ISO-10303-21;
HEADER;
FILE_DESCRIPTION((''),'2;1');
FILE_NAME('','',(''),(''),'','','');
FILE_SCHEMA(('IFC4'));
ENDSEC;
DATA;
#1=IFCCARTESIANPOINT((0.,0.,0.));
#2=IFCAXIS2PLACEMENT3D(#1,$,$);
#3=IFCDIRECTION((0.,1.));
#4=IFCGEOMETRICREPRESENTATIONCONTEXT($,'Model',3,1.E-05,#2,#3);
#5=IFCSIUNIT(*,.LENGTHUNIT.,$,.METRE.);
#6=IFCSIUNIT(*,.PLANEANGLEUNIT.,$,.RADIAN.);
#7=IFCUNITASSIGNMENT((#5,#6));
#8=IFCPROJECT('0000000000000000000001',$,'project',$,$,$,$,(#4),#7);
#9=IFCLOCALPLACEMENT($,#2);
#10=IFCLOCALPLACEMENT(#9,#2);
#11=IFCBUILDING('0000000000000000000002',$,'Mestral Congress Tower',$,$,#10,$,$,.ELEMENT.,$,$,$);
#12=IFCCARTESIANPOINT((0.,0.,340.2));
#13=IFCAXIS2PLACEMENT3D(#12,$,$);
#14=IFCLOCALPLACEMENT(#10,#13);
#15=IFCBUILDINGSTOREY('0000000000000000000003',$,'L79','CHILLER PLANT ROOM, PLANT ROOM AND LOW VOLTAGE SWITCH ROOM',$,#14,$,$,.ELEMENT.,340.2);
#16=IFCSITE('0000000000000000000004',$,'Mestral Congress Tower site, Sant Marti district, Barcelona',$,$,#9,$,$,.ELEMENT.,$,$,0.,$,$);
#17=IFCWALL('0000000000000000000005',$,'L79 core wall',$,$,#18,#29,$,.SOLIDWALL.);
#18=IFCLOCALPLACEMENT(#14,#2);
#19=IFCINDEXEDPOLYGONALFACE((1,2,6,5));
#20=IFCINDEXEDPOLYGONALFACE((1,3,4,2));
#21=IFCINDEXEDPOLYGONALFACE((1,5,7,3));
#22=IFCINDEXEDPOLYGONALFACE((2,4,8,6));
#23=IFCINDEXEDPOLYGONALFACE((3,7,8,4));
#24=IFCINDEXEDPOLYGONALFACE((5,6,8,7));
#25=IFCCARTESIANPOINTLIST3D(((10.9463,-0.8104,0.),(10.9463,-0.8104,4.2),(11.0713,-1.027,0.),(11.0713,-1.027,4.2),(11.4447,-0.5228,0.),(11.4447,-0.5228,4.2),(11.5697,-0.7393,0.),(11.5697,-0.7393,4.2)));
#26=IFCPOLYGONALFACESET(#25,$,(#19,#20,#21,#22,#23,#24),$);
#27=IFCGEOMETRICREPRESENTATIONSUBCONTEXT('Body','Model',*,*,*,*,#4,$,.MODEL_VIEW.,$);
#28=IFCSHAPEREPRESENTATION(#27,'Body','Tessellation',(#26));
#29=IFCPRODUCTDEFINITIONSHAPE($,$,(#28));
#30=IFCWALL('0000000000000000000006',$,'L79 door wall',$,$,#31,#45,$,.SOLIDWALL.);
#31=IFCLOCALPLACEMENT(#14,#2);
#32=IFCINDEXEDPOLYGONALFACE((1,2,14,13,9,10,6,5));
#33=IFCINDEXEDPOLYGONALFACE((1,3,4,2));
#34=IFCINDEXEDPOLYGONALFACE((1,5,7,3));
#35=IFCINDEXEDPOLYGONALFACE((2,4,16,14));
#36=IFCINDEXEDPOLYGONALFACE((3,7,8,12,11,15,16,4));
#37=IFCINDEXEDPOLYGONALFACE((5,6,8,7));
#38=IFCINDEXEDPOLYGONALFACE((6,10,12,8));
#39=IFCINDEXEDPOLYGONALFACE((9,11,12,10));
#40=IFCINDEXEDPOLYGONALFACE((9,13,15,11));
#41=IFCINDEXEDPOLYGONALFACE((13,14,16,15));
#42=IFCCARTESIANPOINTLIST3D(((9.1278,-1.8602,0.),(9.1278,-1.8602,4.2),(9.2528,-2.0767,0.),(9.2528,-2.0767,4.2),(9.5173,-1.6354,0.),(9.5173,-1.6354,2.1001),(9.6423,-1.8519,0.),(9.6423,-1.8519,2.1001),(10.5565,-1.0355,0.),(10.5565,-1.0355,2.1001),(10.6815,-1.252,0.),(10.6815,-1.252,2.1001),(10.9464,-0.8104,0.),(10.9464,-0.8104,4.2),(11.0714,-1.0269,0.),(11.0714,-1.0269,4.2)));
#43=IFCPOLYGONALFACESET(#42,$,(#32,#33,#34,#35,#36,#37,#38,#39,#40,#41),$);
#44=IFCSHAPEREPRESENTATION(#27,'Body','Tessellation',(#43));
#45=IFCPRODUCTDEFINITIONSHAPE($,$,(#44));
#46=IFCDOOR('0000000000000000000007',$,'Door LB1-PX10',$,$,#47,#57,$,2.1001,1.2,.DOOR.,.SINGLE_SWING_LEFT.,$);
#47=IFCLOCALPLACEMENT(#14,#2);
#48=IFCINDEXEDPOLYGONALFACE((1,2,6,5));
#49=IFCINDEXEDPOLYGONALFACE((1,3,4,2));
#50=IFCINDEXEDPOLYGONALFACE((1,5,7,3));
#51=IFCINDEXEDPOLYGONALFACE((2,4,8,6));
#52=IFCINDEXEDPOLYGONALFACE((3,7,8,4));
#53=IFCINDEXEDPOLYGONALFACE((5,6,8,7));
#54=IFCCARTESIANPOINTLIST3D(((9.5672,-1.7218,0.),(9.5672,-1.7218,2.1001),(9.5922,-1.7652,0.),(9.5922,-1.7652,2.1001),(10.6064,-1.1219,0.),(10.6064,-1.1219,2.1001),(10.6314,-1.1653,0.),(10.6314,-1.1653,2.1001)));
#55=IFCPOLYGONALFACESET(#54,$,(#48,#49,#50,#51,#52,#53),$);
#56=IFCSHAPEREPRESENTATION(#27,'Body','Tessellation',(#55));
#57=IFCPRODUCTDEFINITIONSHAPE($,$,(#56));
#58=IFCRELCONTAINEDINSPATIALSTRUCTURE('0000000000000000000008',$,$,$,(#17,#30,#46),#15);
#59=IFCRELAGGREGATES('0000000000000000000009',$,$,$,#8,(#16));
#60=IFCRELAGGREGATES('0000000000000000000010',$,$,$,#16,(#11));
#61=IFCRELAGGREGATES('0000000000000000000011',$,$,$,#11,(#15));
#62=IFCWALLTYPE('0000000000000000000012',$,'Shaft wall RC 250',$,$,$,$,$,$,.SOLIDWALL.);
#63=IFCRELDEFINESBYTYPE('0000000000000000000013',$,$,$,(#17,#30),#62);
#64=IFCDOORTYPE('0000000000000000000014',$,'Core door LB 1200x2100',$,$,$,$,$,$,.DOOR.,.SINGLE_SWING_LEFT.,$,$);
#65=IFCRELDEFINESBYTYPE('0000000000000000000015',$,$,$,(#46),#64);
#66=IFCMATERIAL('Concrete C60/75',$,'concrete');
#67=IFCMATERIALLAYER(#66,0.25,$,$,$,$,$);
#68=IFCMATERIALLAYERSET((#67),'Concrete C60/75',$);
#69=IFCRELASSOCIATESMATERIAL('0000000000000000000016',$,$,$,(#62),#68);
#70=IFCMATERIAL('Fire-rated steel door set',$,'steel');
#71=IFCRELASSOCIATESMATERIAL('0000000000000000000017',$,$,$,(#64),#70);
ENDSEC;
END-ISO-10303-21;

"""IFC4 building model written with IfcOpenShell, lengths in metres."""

from ifc_helpers import new_model, si_unit, direction, frame, frame_2d, origin, place, context, subcontext, project, spatial, rectangle, extrude, material, layer, layer_set, type_object, element, fill, save


model = new_model("IFC4")

# Units and contexts
model_context = context("Model", 3, precision=1e-05, world=origin(), true_north=direction((0.0, 1.0)))
body_context = subcontext(model_context, "Body", "Model", "MODEL_VIEW")
ifc_project = project(units=[si_unit("LENGTHUNIT", "METRE"), si_unit("PLANEANGLEUNIT", "RADIAN")], contexts=[model_context])

# Site, building, storey
site_placement = place(None, origin())
site = spatial("IfcSite", under=ifc_project, at=site_placement, Name="Mestral Congress Tower site, Sant Marti district, Barcelona", CompositionType="ELEMENT", RefElevation=0.0)
building_placement = place(site_placement, origin())
building = spatial("IfcBuilding", under=site, at=building_placement, Name="Mestral Congress Tower", CompositionType="ELEMENT")
storey_placement = place(building_placement, frame((0.0, 0.0, 340.2)))
storey = spatial("IfcBuildingStorey", under=building, at=storey_placement, Name="L79", Description="CHILLER PLANT ROOM, PLANT ROOM AND LOW VOLTAGE SWITCH ROOM", CompositionType="ELEMENT", Elevation=340.2)

# Wall
ifc_material_1 = material(Name="Concrete C60/75", Category="concrete")
ifc_layer_1 = layer(ifc_material_1, 0.25)
ifc_layer_set_1 = layer_set([ifc_layer_1], Name="Concrete C60/75")
wall_type_1 = type_object("IfcWallType", Name="Shaft wall RC 250", PredefinedType="SOLIDWALL", material=ifc_layer_set_1)
wall_1_placement = place(storey_placement, frame((11.5071, -0.6311, 0.0), z_axis=(0.0, 0.0, 1.0), x_axis=(-0.866094, -0.499882, 0.0)))
element("IfcWall", 1, at=wall_1_placement, inside=storey, type_object=wall_type_1, Name="L79 core wall", PredefinedType="SOLIDWALL", context=body_context, shape_type="SweptSolid", body=[
    extrude(rectangle(XDim=0.5754, YDim=0.25, at=frame_2d((0.2876, 0.0))), origin(), (0.0, 0.0, 1.0), 4.2),
])

# Wall, opening, door
wall_2_placement = place(storey_placement, frame((11.0088, -0.9187, 0.0), z_axis=(0.0, 0.0, 1.0), x_axis=(-0.86606, -0.499941, 0.0)))
wall_2 = element("IfcWall", 2, at=wall_2_placement, inside=storey, type_object=wall_type_1, Name="L79 door wall", PredefinedType="SOLIDWALL", context=body_context, shape_type="SweptSolid", body=[
    extrude(rectangle(XDim=2.0999, YDim=0.25, at=frame_2d((1.0498, 0.0))), origin(), (0.0, 0.0, 1.0), 4.2),
])
opening_placement = place(wall_2_placement, frame((0.45, 0.0, 0.0)))
opening = element("IfcOpeningElement", 3, at=opening_placement, cuts=wall_2, PredefinedType="OPENING", context=body_context, shape_type="SweptSolid", body=[
    extrude(rectangle(XDim=1.2, YDim=2.1001, at=frame_2d((0.6001, 1.05))), frame((0.0, 0.135, 0.0), z_axis=(0.0, -1.0, 0.0), x_axis=(1.0, 0.0, 0.0)), (0.0, 0.0, 1.0), 0.27),
])
ifc_material_2 = material(Name="Fire-rated steel door set", Category="steel")
door_type = type_object("IfcDoorType", Name="Core door LB 1200x2100", OperationType="SINGLE_SWING_LEFT", PredefinedType="DOOR", material=ifc_material_2)
door_placement = place(opening_placement, origin())
door = element("IfcDoor", 4, at=door_placement, inside=storey, type_object=door_type, Name="Door LB1-PX10", OperationType="SINGLE_SWING_LEFT", OverallHeight=2.1001, OverallWidth=1.2, PredefinedType="DOOR", context=body_context, shape_type="SweptSolid", body=[
    extrude(rectangle(XDim=1.2, YDim=2.1001, at=frame_2d((0.6001, 1.05))), frame((0.0, 0.0249, 0.0), z_axis=(0.0, -1.0, 0.0), x_axis=(1.0, 0.0, 0.0)), (0.0, 0.0, 1.0), 0.05),
])
fill(opening, door)

save(model, "model.ifc")
